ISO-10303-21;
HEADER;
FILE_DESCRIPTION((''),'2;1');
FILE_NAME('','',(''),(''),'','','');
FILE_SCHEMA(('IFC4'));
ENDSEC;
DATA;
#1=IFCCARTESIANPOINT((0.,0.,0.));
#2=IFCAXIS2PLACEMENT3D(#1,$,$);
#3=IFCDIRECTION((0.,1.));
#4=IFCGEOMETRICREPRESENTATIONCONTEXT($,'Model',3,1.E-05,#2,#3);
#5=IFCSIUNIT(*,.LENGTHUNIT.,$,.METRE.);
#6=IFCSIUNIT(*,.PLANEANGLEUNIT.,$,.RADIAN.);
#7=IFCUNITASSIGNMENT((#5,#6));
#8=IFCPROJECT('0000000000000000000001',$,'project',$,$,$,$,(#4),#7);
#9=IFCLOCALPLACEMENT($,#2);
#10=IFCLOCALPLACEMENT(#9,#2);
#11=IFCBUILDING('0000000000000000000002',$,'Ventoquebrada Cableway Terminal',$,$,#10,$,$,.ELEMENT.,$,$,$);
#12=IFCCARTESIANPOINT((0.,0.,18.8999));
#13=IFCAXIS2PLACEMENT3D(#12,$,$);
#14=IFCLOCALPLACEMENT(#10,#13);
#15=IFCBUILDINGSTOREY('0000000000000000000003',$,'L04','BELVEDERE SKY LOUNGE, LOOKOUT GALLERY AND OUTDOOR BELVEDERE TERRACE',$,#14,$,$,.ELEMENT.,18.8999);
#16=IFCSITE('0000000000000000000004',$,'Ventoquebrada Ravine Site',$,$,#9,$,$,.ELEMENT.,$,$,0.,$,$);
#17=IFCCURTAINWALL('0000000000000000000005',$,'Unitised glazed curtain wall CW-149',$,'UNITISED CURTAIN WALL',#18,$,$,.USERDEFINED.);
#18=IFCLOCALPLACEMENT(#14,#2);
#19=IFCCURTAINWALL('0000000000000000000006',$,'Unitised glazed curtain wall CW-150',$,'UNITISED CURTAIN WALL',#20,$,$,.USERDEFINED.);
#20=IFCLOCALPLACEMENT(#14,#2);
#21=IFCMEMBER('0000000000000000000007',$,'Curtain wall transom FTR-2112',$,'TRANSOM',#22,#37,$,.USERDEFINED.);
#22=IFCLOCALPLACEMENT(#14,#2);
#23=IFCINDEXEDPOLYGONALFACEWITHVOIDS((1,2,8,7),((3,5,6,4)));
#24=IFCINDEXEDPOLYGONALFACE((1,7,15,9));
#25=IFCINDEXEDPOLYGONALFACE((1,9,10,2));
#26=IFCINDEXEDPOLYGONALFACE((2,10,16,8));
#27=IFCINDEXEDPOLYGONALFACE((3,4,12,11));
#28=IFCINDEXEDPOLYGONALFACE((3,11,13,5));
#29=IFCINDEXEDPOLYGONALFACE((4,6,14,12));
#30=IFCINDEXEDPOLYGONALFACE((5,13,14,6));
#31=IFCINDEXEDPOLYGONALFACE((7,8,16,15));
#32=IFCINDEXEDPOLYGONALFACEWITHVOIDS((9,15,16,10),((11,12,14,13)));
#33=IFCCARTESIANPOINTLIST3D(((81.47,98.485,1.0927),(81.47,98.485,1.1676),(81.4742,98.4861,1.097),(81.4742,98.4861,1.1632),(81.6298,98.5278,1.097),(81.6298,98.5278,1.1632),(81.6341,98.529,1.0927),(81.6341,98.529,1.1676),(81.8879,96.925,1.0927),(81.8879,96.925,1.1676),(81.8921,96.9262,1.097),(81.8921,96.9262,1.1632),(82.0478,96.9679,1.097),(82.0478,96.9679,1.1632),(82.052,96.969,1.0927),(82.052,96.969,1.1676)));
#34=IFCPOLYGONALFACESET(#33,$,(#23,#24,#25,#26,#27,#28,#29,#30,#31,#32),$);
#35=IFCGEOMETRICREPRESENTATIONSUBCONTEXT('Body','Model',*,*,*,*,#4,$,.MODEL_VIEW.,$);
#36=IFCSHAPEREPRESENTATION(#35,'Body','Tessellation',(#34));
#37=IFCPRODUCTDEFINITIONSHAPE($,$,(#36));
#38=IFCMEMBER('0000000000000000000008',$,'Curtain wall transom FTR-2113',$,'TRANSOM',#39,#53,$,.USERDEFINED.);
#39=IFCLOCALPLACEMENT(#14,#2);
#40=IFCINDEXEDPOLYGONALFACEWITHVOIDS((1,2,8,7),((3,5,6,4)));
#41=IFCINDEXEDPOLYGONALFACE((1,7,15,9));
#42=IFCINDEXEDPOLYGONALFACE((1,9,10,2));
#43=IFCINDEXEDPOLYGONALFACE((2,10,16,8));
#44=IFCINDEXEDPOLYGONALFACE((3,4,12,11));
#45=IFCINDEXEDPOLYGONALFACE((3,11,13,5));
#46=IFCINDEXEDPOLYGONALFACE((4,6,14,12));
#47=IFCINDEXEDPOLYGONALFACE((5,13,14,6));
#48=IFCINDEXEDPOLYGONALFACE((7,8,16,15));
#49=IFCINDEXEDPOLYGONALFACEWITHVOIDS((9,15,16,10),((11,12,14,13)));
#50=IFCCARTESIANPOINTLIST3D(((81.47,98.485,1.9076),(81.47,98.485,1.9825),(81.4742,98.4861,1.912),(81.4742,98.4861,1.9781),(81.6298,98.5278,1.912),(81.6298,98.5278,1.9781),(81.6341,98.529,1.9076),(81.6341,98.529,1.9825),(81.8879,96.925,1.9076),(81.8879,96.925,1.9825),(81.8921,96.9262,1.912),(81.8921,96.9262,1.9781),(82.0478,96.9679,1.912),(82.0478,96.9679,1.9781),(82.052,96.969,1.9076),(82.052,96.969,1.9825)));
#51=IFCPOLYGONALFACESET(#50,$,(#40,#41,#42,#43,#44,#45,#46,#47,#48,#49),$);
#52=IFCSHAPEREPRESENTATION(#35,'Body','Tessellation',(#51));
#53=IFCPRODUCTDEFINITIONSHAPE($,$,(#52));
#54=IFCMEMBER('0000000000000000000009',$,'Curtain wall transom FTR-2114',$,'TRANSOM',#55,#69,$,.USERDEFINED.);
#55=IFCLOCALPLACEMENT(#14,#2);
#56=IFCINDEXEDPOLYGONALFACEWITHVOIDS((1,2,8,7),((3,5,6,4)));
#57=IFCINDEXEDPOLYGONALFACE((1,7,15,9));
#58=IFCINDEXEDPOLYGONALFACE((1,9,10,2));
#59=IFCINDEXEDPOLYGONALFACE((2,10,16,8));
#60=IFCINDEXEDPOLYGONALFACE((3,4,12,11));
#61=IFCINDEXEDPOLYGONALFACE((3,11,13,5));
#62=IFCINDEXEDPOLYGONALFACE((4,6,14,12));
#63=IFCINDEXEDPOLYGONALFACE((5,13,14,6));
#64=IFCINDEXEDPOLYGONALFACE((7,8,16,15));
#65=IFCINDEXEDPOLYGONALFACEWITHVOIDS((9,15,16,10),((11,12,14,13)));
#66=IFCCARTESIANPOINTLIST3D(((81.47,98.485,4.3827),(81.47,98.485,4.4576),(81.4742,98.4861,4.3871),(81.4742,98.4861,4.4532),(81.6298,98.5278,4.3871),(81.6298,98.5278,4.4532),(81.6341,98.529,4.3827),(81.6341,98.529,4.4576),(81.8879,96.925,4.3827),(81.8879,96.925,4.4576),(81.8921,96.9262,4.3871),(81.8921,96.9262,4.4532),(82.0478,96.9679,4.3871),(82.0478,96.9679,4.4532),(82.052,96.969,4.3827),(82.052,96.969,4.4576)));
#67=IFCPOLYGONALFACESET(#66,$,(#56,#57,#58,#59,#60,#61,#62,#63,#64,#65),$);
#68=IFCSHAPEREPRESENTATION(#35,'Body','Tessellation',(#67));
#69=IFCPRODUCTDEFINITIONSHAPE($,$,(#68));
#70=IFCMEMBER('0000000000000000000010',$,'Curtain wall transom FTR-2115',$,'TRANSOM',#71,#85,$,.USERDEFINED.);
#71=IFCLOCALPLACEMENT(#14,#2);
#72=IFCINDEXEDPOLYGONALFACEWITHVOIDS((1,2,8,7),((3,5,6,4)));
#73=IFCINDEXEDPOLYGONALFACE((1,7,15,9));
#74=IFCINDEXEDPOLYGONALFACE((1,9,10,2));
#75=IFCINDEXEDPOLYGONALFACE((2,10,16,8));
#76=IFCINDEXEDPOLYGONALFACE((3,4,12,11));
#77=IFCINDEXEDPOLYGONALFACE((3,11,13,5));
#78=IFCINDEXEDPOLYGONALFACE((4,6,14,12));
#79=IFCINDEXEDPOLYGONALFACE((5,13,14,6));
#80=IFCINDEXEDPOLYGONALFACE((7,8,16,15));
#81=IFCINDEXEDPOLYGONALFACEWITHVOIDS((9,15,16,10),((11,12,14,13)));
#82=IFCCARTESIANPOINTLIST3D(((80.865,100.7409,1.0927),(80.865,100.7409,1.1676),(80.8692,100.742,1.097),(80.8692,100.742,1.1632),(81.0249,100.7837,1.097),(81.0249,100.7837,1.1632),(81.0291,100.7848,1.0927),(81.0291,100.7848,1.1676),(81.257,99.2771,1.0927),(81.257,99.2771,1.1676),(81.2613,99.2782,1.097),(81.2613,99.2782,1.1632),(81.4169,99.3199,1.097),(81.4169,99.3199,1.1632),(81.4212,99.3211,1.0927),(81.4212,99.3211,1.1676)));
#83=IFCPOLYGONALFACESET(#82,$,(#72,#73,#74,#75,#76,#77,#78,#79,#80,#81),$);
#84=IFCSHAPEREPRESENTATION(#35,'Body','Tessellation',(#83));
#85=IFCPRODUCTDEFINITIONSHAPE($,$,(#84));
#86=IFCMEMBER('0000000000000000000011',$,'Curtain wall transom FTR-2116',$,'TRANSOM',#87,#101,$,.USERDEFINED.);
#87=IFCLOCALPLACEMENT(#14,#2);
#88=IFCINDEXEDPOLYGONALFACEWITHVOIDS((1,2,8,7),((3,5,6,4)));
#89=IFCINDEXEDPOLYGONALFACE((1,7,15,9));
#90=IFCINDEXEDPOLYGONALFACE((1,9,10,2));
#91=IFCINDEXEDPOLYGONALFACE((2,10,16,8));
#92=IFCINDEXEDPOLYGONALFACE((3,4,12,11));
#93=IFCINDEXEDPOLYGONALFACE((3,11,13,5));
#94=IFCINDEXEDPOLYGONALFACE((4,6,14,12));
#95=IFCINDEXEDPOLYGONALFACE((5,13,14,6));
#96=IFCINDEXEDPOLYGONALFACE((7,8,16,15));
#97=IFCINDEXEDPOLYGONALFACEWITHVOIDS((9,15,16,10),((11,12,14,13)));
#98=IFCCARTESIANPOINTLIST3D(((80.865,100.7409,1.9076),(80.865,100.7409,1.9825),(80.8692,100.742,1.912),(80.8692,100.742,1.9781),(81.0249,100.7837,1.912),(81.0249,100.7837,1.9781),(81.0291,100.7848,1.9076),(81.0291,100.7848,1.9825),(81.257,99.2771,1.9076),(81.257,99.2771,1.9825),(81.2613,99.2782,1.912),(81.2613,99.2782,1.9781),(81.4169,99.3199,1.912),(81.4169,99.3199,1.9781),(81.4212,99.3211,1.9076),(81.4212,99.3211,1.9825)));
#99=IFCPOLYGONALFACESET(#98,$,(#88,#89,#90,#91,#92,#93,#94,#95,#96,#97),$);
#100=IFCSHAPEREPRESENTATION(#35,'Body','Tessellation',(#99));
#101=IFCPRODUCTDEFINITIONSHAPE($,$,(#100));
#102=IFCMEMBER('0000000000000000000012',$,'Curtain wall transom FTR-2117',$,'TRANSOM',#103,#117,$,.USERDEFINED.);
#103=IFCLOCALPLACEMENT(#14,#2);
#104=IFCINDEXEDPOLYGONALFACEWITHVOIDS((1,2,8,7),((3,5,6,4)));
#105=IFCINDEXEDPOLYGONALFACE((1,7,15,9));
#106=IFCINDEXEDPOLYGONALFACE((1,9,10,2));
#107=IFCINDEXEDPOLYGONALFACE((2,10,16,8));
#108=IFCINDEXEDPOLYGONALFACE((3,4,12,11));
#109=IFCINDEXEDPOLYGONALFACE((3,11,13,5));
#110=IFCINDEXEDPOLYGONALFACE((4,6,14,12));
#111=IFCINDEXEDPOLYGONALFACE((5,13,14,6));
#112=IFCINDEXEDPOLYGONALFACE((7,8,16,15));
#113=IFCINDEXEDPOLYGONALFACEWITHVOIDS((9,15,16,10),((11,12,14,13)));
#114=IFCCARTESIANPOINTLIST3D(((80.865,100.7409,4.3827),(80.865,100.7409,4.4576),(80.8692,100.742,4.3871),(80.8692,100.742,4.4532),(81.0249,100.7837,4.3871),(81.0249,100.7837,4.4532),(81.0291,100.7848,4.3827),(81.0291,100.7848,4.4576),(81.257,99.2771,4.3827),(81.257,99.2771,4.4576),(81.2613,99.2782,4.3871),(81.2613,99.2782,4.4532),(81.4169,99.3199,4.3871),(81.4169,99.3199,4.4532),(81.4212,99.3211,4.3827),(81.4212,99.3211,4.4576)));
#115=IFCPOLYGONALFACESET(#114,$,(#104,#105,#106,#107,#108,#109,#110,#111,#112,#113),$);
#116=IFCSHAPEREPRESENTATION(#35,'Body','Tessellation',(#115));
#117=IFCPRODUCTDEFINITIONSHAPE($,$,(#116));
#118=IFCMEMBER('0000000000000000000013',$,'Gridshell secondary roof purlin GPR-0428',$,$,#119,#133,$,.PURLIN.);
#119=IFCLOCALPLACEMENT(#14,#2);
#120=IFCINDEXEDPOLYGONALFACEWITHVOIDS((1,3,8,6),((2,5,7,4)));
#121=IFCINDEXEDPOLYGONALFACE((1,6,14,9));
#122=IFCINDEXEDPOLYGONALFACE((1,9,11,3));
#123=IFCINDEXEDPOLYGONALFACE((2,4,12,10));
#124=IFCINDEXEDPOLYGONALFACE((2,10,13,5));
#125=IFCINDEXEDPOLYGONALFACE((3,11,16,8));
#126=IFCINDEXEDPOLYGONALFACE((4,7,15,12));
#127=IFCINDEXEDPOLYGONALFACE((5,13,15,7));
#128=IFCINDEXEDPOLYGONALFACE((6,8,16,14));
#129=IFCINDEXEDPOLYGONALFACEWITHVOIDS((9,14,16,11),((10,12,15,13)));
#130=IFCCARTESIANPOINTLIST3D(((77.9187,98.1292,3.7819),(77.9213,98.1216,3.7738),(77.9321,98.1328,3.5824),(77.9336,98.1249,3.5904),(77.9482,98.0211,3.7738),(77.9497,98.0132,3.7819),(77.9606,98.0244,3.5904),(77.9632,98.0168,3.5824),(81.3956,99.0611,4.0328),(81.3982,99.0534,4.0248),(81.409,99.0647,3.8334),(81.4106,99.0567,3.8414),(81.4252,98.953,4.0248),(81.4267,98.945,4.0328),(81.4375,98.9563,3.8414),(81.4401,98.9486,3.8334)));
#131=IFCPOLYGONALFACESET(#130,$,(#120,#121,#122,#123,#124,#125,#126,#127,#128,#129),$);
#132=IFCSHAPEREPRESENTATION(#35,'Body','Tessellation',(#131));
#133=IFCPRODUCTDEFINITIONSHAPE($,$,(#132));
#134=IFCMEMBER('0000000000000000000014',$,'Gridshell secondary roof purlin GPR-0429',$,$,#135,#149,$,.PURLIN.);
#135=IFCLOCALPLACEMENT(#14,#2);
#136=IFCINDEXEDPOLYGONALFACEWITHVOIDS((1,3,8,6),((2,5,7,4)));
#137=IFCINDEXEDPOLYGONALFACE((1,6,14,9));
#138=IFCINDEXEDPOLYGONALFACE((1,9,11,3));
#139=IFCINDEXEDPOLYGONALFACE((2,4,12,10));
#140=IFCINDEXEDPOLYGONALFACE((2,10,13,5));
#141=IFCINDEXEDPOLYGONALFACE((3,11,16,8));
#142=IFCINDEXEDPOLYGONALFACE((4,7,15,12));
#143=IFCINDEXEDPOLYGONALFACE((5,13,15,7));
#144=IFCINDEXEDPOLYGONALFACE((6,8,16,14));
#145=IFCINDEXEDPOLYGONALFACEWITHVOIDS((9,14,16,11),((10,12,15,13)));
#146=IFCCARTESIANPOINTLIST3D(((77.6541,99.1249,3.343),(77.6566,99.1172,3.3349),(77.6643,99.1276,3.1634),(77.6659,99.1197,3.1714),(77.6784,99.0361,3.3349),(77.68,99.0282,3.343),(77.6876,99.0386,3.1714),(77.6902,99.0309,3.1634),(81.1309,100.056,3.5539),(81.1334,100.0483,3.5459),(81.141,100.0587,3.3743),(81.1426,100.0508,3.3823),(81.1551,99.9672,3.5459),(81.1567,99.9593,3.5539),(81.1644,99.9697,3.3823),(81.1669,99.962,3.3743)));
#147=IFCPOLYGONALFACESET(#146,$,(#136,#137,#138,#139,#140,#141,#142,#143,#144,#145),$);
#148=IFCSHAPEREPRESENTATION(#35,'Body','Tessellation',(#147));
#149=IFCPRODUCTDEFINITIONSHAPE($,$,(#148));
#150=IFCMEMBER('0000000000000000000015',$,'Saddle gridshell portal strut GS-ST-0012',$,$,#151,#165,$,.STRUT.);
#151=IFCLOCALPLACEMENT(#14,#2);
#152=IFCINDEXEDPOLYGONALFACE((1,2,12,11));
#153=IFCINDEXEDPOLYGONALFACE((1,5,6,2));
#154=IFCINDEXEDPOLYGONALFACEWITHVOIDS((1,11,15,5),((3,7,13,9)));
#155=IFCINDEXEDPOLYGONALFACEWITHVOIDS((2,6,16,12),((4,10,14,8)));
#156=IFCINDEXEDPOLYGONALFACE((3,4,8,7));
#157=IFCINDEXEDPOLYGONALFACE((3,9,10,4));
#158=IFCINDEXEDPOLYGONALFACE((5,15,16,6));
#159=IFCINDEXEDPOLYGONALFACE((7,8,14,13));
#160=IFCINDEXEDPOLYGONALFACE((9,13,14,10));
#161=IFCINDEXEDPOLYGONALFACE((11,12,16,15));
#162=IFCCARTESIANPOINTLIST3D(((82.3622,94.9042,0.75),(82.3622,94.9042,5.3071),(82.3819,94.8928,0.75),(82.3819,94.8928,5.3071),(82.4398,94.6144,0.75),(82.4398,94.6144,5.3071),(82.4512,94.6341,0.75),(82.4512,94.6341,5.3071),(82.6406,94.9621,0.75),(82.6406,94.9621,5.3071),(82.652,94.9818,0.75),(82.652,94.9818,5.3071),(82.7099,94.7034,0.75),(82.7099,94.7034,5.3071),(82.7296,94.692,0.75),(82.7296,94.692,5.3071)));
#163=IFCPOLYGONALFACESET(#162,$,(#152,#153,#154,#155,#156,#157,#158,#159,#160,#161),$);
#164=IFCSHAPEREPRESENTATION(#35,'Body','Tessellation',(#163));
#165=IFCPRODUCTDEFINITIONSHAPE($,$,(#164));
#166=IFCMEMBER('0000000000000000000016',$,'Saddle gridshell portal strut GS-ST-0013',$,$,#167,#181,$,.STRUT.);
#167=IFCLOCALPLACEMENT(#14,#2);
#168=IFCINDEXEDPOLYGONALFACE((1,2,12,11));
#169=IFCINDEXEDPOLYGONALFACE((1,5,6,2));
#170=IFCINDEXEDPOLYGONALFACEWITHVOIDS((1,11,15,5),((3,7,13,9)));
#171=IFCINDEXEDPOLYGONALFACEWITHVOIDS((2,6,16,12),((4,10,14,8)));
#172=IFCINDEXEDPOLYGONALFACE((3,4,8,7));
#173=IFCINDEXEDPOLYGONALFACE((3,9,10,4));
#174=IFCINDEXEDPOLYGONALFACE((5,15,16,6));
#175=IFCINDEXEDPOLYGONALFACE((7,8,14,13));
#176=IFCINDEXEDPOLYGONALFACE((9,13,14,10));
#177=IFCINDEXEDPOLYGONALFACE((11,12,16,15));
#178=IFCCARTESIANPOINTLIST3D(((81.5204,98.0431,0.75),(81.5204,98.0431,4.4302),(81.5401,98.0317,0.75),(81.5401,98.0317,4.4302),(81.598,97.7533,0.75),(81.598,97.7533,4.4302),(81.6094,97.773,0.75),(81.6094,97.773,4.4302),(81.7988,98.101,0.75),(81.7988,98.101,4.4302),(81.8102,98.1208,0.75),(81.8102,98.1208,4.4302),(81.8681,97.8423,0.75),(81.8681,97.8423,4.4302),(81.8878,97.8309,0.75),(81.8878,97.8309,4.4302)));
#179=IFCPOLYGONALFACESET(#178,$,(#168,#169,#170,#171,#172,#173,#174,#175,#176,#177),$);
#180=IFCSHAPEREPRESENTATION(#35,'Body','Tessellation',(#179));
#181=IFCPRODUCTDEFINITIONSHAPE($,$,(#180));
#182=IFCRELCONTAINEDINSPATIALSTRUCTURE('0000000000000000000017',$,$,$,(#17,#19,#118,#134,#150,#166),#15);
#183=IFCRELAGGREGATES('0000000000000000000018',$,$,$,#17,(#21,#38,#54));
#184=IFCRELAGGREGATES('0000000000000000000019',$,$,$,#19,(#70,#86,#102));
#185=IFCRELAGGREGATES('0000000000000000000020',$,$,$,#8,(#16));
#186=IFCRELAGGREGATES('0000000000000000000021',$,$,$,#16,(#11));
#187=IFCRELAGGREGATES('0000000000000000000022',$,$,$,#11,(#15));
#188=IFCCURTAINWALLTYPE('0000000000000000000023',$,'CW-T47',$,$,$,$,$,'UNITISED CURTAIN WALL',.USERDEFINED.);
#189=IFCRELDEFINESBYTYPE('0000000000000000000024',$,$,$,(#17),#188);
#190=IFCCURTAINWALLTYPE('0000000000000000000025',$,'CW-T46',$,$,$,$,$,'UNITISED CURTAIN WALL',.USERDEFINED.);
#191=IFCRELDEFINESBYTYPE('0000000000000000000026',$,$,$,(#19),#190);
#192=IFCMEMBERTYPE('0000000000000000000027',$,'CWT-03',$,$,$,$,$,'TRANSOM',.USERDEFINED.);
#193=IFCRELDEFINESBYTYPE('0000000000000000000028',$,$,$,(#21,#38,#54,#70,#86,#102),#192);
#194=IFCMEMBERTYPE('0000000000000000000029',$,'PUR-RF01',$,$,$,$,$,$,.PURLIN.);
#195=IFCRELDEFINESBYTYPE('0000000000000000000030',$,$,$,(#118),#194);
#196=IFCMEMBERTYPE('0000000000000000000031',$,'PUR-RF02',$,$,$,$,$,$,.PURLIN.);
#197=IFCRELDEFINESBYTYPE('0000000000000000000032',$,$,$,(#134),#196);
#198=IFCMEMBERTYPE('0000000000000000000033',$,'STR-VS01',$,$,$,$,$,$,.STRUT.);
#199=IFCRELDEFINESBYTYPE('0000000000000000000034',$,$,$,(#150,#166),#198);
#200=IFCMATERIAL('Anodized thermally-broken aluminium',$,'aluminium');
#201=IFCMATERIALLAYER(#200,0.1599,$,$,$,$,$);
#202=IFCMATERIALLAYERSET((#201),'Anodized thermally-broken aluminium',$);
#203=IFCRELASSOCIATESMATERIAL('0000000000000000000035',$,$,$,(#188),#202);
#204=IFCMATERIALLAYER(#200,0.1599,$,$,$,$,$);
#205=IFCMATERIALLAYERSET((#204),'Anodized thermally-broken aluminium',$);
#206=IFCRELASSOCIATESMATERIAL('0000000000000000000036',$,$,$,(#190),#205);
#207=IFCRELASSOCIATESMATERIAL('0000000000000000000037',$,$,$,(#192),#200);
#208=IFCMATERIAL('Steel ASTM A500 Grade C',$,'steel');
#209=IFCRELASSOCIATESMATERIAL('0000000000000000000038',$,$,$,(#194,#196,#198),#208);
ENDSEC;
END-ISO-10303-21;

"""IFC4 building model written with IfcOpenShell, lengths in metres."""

from ifc_helpers import new_model, si_unit, direction, frame, origin, origin_2d, place, context, subcontext, project, spatial, hollow_rectangle, extrude, material, layer, layer_set, material_profile, profile_set, type_object, element, aggregate, save


model = new_model("IFC4")

# Units and contexts
model_context = context("Model", 3, precision=1e-05, world=origin(), true_north=direction((0.0, 1.0)))
body_context = subcontext(model_context, "Body", "Model", "MODEL_VIEW")
ifc_project = project(units=[si_unit("LENGTHUNIT", "METRE"), si_unit("PLANEANGLEUNIT", "RADIAN")], contexts=[model_context])

# Site, building, storey
site_placement = place(None, origin())
site = spatial("IfcSite", under=ifc_project, at=site_placement, Name="Ventoquebrada Ravine Site", CompositionType="ELEMENT", RefElevation=0.0)
building_placement = place(site_placement, origin())
building = spatial("IfcBuilding", under=site, at=building_placement, Name="Ventoquebrada Cableway Terminal", CompositionType="ELEMENT")
storey_placement = place(building_placement, frame((0.0, 0.0, 18.8999)))
storey = spatial("IfcBuildingStorey", under=building, at=storey_placement, Name="L04", Description="BELVEDERE SKY LOUNGE, LOOKOUT GALLERY AND OUTDOOR BELVEDERE TERRACE", CompositionType="ELEMENT", Elevation=18.8999)

# Shared definitions
ifc_material_1 = material(Name="Steel ASTM A500 Grade C", Category="steel")

# Curtain wall
ifc_material_2 = material(Name="Anodized thermally-broken aluminium", Category="aluminium")
ifc_layer_1 = layer(ifc_material_2, 0.1599)
ifc_layer_set_1 = layer_set([ifc_layer_1], Name="Anodized thermally-broken aluminium")
curtain_wall_type_1 = type_object("IfcCurtainWallType", Name="CW-T47", ElementType="UNITISED CURTAIN WALL", PredefinedType="USERDEFINED", material=ifc_layer_set_1)
curtain_wall_1_placement = place(storey_placement, origin())
curtain_wall_1 = element("IfcCurtainWall", 1, at=curtain_wall_1_placement, inside=storey, type_object=curtain_wall_type_1, Name="Unitised glazed curtain wall CW-149", ObjectType="UNITISED CURTAIN WALL", PredefinedType="USERDEFINED")

# Curtain wall
ifc_layer_2 = layer(ifc_material_2, 0.1599)
ifc_layer_set_2 = layer_set([ifc_layer_2], Name="Anodized thermally-broken aluminium")
curtain_wall_type_2 = type_object("IfcCurtainWallType", Name="CW-T46", ElementType="UNITISED CURTAIN WALL", PredefinedType="USERDEFINED", material=ifc_layer_set_2)
curtain_wall_2_placement = place(storey_placement, origin())
curtain_wall_2 = element("IfcCurtainWall", 2, at=curtain_wall_2_placement, inside=storey, type_object=curtain_wall_type_2, Name="Unitised glazed curtain wall CW-150", ObjectType="UNITISED CURTAIN WALL", PredefinedType="USERDEFINED")

# Members
ifc_material_profile_1 = material_profile(ifc_material_2, hollow_rectangle(XDim=0.075, YDim=0.1699, WallThickness=0.0044, at=origin_2d()), Name="CW-TRN-75X170")
ifc_profile_set_1 = profile_set([ifc_material_profile_1], Name="Anodized thermally-broken aluminium")
member_type_1 = type_object("IfcMemberType", Name="CWT-03", ElementType="TRANSOM", PredefinedType="USERDEFINED", material=ifc_profile_set_1)
member_1_placement = place(storey_placement, frame((81.97, 96.947, 1.1301), z_axis=(-0.258791, 0.965933, 0.0), x_axis=(0.0, 0.0, 1.0)))
member_1 = element("IfcMember", 3, at=member_1_placement, type_object=member_type_1, Name="Curtain wall transom FTR-2112", ObjectType="TRANSOM", PredefinedType="USERDEFINED", context=body_context, shape_type="SweptSolid", body=[
    extrude(hollow_rectangle(XDim=0.075, YDim=0.1699, WallThickness=0.0044, at=origin_2d()), origin(), (0.0, 0.0, 1.0), 1.615),
])
member_2_placement = place(storey_placement, frame((81.97, 96.947, 1.9451), z_axis=(-0.258791, 0.965933, 0.0), x_axis=(0.0, 0.0, 1.0)))
member_2 = element("IfcMember", 4, at=member_2_placement, type_object=member_type_1, Name="Curtain wall transom FTR-2113", ObjectType="TRANSOM", PredefinedType="USERDEFINED", context=body_context, shape_type="SweptSolid", body=[
    extrude(hollow_rectangle(XDim=0.075, YDim=0.1699, WallThickness=0.0044, at=origin_2d()), origin(), (0.0, 0.0, 1.0), 1.615),
])
member_3_placement = place(storey_placement, frame((81.97, 96.947, 4.4202), z_axis=(-0.258791, 0.965933, 0.0), x_axis=(0.0, 0.0, 1.0)))
member_3 = element("IfcMember", 5, at=member_3_placement, type_object=member_type_1, Name="Curtain wall transom FTR-2114", ObjectType="TRANSOM", PredefinedType="USERDEFINED", context=body_context, shape_type="SweptSolid", body=[
    extrude(hollow_rectangle(XDim=0.075, YDim=0.1699, WallThickness=0.0044, at=origin_2d()), origin(), (0.0, 0.0, 1.0), 1.615),
])
member_4_placement = place(storey_placement, frame((81.3391, 99.2991, 1.1301), z_axis=(-0.258725, 0.965951, 0.0), x_axis=(0.0, 0.0, 1.0)))
member_4 = element("IfcMember", 6, at=member_4_placement, type_object=member_type_1, Name="Curtain wall transom FTR-2115", ObjectType="TRANSOM", PredefinedType="USERDEFINED", context=body_context, shape_type="SweptSolid", body=[
    extrude(hollow_rectangle(XDim=0.075, YDim=0.1699, WallThickness=0.0044, at=origin_2d()), origin(), (0.0, 0.0, 1.0), 1.5154),
])
member_5_placement = place(storey_placement, frame((81.3391, 99.2991, 1.9451), z_axis=(-0.258725, 0.965951, 0.0), x_axis=(0.0, 0.0, 1.0)))
member_5 = element("IfcMember", 7, at=member_5_placement, type_object=member_type_1, Name="Curtain wall transom FTR-2116", ObjectType="TRANSOM", PredefinedType="USERDEFINED", context=body_context, shape_type="SweptSolid", body=[
    extrude(hollow_rectangle(XDim=0.075, YDim=0.1699, WallThickness=0.0044, at=origin_2d()), origin(), (0.0, 0.0, 1.0), 1.5154),
])
member_6_placement = place(storey_placement, frame((81.3391, 99.2991, 4.4202), z_axis=(-0.258725, 0.965951, 0.0), x_axis=(0.0, 0.0, 1.0)))
member_6 = element("IfcMember", 8, at=member_6_placement, type_object=member_type_1, Name="Curtain wall transom FTR-2117", ObjectType="TRANSOM", PredefinedType="USERDEFINED", context=body_context, shape_type="SweptSolid", body=[
    extrude(hollow_rectangle(XDim=0.075, YDim=0.1699, WallThickness=0.0044, at=origin_2d()), origin(), (0.0, 0.0, 1.0), 1.5154),
])

# Members
ifc_material_profile_2 = material_profile(ifc_material_1, hollow_rectangle(XDim=0.1201, YDim=0.2, WallThickness=0.0081, at=origin_2d()), Name="RHS200X120X8")
ifc_profile_set_2 = profile_set([ifc_material_profile_2], Name="Steel ASTM A500 Grade C")
member_type_2 = type_object("IfcMemberType", Name="PUR-RF01", PredefinedType="PURLIN", material=ifc_profile_set_2)
member_7_placement = place(storey_placement, frame((77.9409, 98.073, 3.6821), z_axis=(0.963572, 0.258247, 0.069551), x_axis=(-0.258874, 0.965911, 0.0)))
element("IfcMember", 9, at=member_7_placement, inside=storey, type_object=member_type_2, Name="Gridshell secondary roof purlin GPR-0428", PredefinedType="PURLIN", context=body_context, shape_type="SweptSolid", body=[
    extrude(hollow_rectangle(XDim=0.1201, YDim=0.2, WallThickness=0.0081, at=origin_2d()), origin(), (0.0, 0.0, 1.0), 3.6084),
])
ifc_material_profile_3 = material_profile(ifc_material_1, hollow_rectangle(XDim=0.1001, YDim=0.1799, WallThickness=0.0081, at=origin_2d()), Name="RHS180X100X8")
ifc_profile_set_3 = profile_set([ifc_material_profile_3], Name="Steel ASTM A500 Grade C")
member_type_3 = type_object("IfcMemberType", Name="PUR-RF02", PredefinedType="PURLIN", material=ifc_profile_set_3)
member_8_placement = place(storey_placement, frame((77.6721, 99.0779, 3.2532), z_axis=(0.964303, 0.258258, 0.058504), x_axis=(-0.258701, 0.965957, 0.0)))
element("IfcMember", 10, at=member_8_placement, inside=storey, type_object=member_type_3, Name="Gridshell secondary roof purlin GPR-0429", PredefinedType="PURLIN", context=body_context, shape_type="SweptSolid", body=[
    extrude(hollow_rectangle(XDim=0.1001, YDim=0.1799, WallThickness=0.0081, at=origin_2d()), origin(), (0.0, 0.0, 1.0), 3.6055),
])
ifc_material_profile_4 = material_profile(ifc_material_1, hollow_rectangle(XDim=0.3, YDim=0.3, WallThickness=0.0161, at=origin_2d()), Name="HSS300X300X16")
ifc_profile_set_4 = profile_set([ifc_material_profile_4], Name="Steel ASTM A500 Grade C")
member_type_4 = type_object("IfcMemberType", Name="STR-VS01", PredefinedType="STRUT", material=ifc_profile_set_4)
member_9_placement = place(storey_placement, frame((82.5459, 94.7981, 0.75), z_axis=(0.0, 0.0, 1.0), x_axis=(0.965926, 0.258819, 0.0)))
element("IfcMember", 11, at=member_9_placement, inside=storey, type_object=member_type_4, Name="Saddle gridshell portal strut GS-ST-0012", PredefinedType="STRUT", context=body_context, shape_type="SweptSolid", body=[
    extrude(hollow_rectangle(XDim=0.3, YDim=0.3, WallThickness=0.0161, at=origin_2d()), origin(), (0.0, 0.0, 1.0), 4.5571),
])
member_10_placement = place(storey_placement, frame((81.7041, 97.937, 0.75), z_axis=(0.0, 0.0, 1.0), x_axis=(0.965926, 0.258819, 0.0)))
element("IfcMember", 12, at=member_10_placement, inside=storey, type_object=member_type_4, Name="Saddle gridshell portal strut GS-ST-0013", PredefinedType="STRUT", context=body_context, shape_type="SweptSolid", body=[
    extrude(hollow_rectangle(XDim=0.3, YDim=0.3, WallThickness=0.0161, at=origin_2d()), origin(), (0.0, 0.0, 1.0), 3.6802),
])

aggregate(curtain_wall_1, [member_1, member_2, member_3])
aggregate(curtain_wall_2, [member_4, member_5, member_6])

save(model, "model.ifc")
